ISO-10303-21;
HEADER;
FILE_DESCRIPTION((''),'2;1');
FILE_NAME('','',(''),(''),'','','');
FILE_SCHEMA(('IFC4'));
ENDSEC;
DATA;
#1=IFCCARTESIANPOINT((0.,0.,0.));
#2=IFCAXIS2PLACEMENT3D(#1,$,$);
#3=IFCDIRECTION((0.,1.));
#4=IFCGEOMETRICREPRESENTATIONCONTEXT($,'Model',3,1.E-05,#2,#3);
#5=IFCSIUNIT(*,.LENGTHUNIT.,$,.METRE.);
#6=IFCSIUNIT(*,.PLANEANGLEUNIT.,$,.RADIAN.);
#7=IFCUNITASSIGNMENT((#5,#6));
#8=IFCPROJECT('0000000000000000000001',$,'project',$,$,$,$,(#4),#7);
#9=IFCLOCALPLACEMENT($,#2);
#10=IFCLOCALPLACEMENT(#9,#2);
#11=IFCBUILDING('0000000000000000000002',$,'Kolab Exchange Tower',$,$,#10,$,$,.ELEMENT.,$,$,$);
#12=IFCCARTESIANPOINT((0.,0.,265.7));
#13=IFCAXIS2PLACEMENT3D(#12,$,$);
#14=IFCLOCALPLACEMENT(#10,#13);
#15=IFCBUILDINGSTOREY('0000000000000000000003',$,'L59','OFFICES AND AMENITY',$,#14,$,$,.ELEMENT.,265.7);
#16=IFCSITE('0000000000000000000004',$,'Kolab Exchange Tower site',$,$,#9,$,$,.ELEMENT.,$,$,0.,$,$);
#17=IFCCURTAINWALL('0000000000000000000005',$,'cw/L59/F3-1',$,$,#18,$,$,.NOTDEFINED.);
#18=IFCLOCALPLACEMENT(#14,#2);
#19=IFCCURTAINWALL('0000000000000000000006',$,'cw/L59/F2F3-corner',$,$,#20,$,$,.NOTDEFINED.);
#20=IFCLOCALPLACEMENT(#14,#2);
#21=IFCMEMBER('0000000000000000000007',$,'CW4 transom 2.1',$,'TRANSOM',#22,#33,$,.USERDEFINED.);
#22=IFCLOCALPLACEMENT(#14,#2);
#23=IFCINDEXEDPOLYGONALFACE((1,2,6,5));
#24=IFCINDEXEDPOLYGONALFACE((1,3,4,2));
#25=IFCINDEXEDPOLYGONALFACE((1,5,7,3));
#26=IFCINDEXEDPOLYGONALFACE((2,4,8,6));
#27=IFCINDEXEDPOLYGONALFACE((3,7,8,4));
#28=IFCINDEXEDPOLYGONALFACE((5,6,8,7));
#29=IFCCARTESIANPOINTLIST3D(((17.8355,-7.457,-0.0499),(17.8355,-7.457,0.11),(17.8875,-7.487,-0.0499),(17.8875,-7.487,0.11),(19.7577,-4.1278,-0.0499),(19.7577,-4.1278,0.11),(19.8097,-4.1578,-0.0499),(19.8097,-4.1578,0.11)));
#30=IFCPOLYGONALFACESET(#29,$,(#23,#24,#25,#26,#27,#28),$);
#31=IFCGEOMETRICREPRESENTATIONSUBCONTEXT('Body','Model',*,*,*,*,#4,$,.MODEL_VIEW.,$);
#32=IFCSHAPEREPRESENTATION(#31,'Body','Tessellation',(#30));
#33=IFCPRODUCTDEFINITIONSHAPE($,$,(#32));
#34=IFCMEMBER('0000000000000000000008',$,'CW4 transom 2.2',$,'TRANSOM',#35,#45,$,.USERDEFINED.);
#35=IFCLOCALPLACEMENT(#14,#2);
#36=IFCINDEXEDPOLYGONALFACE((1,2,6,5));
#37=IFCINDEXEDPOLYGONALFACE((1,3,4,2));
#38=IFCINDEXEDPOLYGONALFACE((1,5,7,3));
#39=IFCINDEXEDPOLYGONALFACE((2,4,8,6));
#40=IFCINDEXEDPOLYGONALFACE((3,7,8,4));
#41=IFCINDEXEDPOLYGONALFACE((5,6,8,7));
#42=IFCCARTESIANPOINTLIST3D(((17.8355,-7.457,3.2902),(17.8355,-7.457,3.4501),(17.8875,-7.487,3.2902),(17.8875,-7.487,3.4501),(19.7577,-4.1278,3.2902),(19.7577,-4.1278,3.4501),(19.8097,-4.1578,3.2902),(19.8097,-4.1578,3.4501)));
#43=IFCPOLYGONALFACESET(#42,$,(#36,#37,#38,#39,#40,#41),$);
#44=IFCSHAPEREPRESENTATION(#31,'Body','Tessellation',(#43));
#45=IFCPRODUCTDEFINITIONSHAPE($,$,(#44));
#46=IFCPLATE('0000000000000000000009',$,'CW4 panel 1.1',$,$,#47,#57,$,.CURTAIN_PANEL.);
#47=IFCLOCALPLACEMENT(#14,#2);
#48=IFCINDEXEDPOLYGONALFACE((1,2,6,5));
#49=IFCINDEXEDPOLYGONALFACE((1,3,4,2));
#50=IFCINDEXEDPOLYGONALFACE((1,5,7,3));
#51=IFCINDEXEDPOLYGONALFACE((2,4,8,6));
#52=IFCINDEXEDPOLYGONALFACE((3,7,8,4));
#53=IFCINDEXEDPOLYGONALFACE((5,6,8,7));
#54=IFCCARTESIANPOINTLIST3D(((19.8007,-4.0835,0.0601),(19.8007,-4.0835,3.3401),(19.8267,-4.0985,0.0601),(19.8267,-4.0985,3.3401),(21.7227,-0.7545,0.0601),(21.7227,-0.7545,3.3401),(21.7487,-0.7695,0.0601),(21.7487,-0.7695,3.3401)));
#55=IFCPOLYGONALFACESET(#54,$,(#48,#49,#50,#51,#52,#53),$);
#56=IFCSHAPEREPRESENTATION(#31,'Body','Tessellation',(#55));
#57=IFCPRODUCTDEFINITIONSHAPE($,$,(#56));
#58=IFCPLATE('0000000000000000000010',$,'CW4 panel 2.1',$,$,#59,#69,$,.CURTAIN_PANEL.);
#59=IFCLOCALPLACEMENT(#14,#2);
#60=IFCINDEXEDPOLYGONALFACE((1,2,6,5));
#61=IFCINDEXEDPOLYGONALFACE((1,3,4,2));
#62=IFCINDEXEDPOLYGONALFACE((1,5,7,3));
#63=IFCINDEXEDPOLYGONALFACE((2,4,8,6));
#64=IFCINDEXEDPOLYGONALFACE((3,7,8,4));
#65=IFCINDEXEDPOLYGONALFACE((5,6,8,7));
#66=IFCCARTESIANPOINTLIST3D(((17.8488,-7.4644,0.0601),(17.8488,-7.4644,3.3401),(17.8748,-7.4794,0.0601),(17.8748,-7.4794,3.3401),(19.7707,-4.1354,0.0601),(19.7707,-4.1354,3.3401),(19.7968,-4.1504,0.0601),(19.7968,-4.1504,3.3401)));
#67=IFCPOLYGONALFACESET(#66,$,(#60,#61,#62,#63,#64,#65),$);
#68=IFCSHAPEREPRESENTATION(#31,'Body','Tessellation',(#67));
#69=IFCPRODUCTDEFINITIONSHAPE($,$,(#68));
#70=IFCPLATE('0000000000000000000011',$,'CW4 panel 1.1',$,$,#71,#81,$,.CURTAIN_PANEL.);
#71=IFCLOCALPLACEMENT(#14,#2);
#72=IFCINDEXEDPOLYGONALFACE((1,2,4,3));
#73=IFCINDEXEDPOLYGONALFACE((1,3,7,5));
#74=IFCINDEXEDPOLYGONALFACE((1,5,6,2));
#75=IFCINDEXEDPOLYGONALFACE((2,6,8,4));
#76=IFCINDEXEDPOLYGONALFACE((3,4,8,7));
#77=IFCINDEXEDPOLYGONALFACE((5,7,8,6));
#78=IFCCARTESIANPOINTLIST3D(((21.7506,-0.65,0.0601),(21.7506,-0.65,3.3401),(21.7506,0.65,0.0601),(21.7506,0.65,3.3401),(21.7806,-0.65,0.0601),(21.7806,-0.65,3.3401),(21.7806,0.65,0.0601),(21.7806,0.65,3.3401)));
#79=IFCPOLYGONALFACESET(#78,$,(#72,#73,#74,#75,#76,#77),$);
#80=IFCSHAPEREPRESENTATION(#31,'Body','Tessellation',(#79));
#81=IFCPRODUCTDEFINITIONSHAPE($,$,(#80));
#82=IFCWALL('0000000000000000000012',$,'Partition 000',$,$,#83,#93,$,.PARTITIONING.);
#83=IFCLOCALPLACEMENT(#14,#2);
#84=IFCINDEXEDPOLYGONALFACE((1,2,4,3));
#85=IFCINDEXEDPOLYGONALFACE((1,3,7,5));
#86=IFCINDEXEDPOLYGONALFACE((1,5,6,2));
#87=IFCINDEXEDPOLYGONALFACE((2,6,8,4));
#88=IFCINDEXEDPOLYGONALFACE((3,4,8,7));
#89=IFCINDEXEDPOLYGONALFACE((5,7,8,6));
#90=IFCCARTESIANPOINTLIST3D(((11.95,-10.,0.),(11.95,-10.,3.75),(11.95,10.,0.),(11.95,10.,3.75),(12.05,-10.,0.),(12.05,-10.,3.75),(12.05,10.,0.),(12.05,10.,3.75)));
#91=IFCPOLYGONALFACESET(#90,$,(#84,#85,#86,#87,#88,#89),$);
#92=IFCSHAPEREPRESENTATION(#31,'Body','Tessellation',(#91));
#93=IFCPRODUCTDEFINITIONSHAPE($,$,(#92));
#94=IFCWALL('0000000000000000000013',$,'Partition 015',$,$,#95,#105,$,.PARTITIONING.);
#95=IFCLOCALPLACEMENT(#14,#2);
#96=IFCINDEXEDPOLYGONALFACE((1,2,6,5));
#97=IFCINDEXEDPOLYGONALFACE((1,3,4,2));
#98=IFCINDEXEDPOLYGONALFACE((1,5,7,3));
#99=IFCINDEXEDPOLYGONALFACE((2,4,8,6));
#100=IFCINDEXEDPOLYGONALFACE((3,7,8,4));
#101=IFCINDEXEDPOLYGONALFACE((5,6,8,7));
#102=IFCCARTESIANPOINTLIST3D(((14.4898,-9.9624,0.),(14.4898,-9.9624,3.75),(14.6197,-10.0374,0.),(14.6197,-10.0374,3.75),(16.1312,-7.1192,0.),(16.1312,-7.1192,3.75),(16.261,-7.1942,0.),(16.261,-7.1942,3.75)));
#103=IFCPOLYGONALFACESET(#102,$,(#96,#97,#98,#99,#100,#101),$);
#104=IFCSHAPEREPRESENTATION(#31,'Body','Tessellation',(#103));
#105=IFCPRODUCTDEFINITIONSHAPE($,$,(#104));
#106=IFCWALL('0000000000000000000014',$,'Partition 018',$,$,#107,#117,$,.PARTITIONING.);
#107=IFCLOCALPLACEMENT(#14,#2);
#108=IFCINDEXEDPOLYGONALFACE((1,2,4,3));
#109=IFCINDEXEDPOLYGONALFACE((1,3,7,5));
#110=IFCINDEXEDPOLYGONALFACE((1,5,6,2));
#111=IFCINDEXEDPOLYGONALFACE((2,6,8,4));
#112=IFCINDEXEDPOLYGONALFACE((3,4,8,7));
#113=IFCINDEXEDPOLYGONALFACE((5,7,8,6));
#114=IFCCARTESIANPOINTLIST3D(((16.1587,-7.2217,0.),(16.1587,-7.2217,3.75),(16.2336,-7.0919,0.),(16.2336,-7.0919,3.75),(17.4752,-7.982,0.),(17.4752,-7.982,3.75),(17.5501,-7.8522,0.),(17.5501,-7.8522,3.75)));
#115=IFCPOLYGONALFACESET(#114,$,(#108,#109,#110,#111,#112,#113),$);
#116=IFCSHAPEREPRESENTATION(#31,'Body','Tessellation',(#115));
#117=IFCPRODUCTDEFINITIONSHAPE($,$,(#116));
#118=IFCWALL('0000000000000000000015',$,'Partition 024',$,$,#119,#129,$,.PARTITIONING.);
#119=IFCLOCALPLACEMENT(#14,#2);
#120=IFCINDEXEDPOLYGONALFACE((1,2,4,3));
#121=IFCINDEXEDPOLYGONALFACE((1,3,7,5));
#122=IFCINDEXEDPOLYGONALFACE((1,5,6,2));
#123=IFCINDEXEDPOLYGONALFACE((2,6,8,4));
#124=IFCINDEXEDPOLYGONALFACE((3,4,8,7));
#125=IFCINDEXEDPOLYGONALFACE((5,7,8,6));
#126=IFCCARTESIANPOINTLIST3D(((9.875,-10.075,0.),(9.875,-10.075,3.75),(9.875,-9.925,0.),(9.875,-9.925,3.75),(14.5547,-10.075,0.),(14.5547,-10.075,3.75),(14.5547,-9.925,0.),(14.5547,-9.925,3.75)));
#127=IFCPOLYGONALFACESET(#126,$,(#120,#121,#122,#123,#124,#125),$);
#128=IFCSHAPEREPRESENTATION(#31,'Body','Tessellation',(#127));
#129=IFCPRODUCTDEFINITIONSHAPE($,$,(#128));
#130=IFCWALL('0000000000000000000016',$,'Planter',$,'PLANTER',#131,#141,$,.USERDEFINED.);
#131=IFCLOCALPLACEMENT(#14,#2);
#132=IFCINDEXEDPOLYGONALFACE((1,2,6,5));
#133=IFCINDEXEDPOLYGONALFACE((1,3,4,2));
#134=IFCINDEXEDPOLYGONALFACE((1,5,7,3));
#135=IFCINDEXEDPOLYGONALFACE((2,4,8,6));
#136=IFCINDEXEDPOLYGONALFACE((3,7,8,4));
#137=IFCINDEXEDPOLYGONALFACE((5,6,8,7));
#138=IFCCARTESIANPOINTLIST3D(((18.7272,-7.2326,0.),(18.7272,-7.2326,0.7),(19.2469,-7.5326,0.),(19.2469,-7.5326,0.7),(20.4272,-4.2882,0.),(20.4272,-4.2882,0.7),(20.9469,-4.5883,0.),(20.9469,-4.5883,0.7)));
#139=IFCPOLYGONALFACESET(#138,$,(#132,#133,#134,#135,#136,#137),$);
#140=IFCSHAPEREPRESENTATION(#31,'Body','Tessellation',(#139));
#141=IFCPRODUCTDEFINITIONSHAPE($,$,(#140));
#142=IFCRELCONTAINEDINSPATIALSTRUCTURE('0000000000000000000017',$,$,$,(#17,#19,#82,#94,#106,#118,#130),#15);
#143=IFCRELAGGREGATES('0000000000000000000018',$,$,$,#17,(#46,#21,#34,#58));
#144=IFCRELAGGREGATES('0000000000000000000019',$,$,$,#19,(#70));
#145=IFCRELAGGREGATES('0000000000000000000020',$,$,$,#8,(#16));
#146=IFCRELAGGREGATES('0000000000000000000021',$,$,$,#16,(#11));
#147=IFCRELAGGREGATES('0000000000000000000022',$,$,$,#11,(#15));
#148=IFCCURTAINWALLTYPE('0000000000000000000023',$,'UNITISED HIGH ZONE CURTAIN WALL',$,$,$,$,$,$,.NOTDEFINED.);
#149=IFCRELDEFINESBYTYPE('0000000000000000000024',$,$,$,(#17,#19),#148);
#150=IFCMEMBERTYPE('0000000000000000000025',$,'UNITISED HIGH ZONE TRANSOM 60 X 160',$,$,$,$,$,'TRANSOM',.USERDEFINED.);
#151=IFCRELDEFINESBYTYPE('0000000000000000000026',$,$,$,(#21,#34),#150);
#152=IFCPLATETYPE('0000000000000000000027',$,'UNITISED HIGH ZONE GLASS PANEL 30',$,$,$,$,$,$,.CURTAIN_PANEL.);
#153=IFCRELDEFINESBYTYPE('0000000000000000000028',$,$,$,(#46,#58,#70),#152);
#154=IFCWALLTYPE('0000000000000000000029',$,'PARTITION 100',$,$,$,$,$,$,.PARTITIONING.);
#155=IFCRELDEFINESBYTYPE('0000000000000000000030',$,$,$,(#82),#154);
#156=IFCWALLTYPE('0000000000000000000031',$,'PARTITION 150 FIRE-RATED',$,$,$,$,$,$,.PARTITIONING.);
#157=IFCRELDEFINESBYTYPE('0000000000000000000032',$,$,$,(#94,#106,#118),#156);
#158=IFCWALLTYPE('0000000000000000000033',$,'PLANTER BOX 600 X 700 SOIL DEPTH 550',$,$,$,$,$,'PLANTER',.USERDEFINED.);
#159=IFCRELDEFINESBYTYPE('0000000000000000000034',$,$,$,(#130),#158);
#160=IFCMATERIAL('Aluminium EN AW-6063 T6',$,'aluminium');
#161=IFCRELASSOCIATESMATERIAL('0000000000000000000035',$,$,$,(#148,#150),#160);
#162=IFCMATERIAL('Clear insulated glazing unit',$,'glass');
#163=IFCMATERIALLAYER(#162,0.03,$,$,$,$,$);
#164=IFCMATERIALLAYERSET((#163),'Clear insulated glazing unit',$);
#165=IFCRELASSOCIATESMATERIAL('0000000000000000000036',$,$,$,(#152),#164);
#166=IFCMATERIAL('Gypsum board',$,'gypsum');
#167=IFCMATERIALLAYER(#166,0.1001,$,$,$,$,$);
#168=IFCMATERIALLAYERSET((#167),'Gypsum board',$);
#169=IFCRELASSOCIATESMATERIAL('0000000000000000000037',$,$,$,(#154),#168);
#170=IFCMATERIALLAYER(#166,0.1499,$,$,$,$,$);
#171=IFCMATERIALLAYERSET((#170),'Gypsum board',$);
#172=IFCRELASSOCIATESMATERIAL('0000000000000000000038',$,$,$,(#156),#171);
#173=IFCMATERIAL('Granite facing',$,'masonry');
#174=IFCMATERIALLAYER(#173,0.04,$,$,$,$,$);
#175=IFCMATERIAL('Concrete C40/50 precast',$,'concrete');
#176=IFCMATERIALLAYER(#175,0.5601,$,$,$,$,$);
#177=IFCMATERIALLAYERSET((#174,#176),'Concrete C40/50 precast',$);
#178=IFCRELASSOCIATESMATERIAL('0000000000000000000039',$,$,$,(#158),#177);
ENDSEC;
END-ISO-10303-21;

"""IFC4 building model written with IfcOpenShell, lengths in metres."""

from ifc_helpers import new_model, si_unit, direction, frame, frame_2d, origin, origin_2d, place, context, subcontext, project, spatial, rectangle, extrude, material, layer, layer_set, material_profile, profile_set, type_object, element, aggregate, save


model = new_model("IFC4")

# Units and contexts
model_context = context("Model", 3, precision=1e-05, world=origin(), true_north=direction((0.0, 1.0)))
body_context = subcontext(model_context, "Body", "Model", "MODEL_VIEW")
ifc_project = project(units=[si_unit("LENGTHUNIT", "METRE"), si_unit("PLANEANGLEUNIT", "RADIAN")], contexts=[model_context])

# Site, building, storey
site_placement = place(None, origin())
site = spatial("IfcSite", under=ifc_project, at=site_placement, Name="Kolab Exchange Tower site", CompositionType="ELEMENT", RefElevation=0.0)
building_placement = place(site_placement, origin())
building = spatial("IfcBuilding", under=site, at=building_placement, Name="Kolab Exchange Tower", CompositionType="ELEMENT")
storey_placement = place(building_placement, frame((0.0, 0.0, 265.7)))
storey = spatial("IfcBuildingStorey", under=building, at=storey_placement, Name="L59", Description="OFFICES AND AMENITY", CompositionType="ELEMENT", Elevation=265.7)

# Curtain wall
ifc_material_1 = material(Name="Aluminium EN AW-6063 T6", Category="aluminium")
curtain_wall_type = type_object("IfcCurtainWallType", Name="UNITISED HIGH ZONE CURTAIN WALL", PredefinedType="NOTDEFINED", material=ifc_material_1)
curtain_wall_1_placement = place(storey_placement, origin())
curtain_wall_1 = element("IfcCurtainWall", 1, at=curtain_wall_1_placement, inside=storey, type_object=curtain_wall_type, Name="cw/L59/F3-1", PredefinedType="NOTDEFINED")

# Curtain wall
curtain_wall_2_placement = place(storey_placement, origin())
curtain_wall_2 = element("IfcCurtainWall", 2, at=curtain_wall_2_placement, inside=storey, type_object=curtain_wall_type, Name="cw/L59/F2F3-corner", PredefinedType="NOTDEFINED")

# Members
ifc_material_profile_1 = material_profile(ifc_material_1, rectangle(XDim=0.0601, YDim=0.1599, at=origin_2d()), Name="RECT 60X160")
ifc_profile_set_1 = profile_set([ifc_material_profile_1], Name="Aluminium EN AW-6063 T6")
member_type_1 = type_object("IfcMemberType", Name="UNITISED HIGH ZONE TRANSOM 60 X 160", ElementType="TRANSOM", PredefinedType="USERDEFINED", material=ifc_profile_set_1)
member_1_placement = place(storey_placement, frame((19.7837, -4.1428, 0.03), z_axis=(-0.500012, -0.866018, 0.0), x_axis=(0.866018, -0.500012, 0.0)))
member_1 = element("IfcMember", 3, at=member_1_placement, type_object=member_type_1, Name="CW4 transom 2.1", ObjectType="TRANSOM", PredefinedType="USERDEFINED", context=body_context, shape_type="SweptSolid", body=[
    extrude(rectangle(XDim=0.0601, YDim=0.1599, at=origin_2d()), origin(), (0.0, 0.0, 1.0), 3.8442),
])
member_2_placement = place(storey_placement, frame((19.7837, -4.1428, 3.3701), z_axis=(-0.500012, -0.866018, 0.0), x_axis=(0.866018, -0.500012, 0.0)))
member_2 = element("IfcMember", 4, at=member_2_placement, type_object=member_type_1, Name="CW4 transom 2.2", ObjectType="TRANSOM", PredefinedType="USERDEFINED", context=body_context, shape_type="SweptSolid", body=[
    extrude(rectangle(XDim=0.0601, YDim=0.1599, at=origin_2d()), origin(), (0.0, 0.0, 1.0), 3.8442),
])

# Plates
ifc_material_2 = material(Name="Clear insulated glazing unit", Category="glass")
ifc_layer_1 = layer(ifc_material_2, 0.03)
ifc_layer_set_1 = layer_set([ifc_layer_1], Name="Clear insulated glazing unit")
plate_type = type_object("IfcPlateType", Name="UNITISED HIGH ZONE GLASS PANEL 30", PredefinedType="CURTAIN_PANEL", material=ifc_layer_set_1)
plate_1_placement = place(storey_placement, frame((20.7747, -2.4265, 0.0601), z_axis=(0.0, 0.0, 1.0), x_axis=(-0.5, -0.866025, 0.0)))
plate_1 = element("IfcPlate", 5, at=plate_1_placement, type_object=plate_type, Name="CW4 panel 1.1", PredefinedType="CURTAIN_PANEL", context=body_context, shape_type="SweptSolid", body=[
    extrude(rectangle(XDim=3.844, YDim=0.03, at=origin_2d()), origin(), (0.0, 0.0, 1.0), 3.28),
])
plate_2_placement = place(storey_placement, frame((18.8228, -5.8074, 0.0601), z_axis=(0.0, 0.0, 1.0), x_axis=(-0.5, -0.866025, 0.0)))
plate_2 = element("IfcPlate", 6, at=plate_2_placement, type_object=plate_type, Name="CW4 panel 2.1", PredefinedType="CURTAIN_PANEL", context=body_context, shape_type="SweptSolid", body=[
    extrude(rectangle(XDim=3.844, YDim=0.03, at=origin_2d()), origin(), (0.0, 0.0, 1.0), 3.28),
])
aggregate(curtain_wall_1, [plate_1, member_1, member_2, plate_2])
plate_3_placement = place(storey_placement, frame((21.7656, 0.0, 0.0601), z_axis=(0.0, 0.0, 1.0), x_axis=(0.0, -1.0, 0.0)))
plate_3 = element("IfcPlate", 7, at=plate_3_placement, type_object=plate_type, Name="CW4 panel 1.1", PredefinedType="CURTAIN_PANEL", context=body_context, shape_type="SweptSolid", body=[
    extrude(rectangle(XDim=1.3, YDim=0.03, at=origin_2d()), origin(), (0.0, 0.0, 1.0), 3.28),
])
aggregate(curtain_wall_2, [plate_3])

# Walls
ifc_material_3 = material(Name="Gypsum board", Category="gypsum")
ifc_layer_2 = layer(ifc_material_3, 0.1001)
ifc_layer_set_2 = layer_set([ifc_layer_2], Name="Gypsum board")
wall_type_1 = type_object("IfcWallType", Name="PARTITION 100", PredefinedType="PARTITIONING", material=ifc_layer_set_2)
wall_1_placement = place(storey_placement, frame((12.0, -10.0, 0.0), z_axis=(0.0, 0.0, 1.0), x_axis=(0.0, 1.0, 0.0)))
element("IfcWall", 8, at=wall_1_placement, inside=storey, type_object=wall_type_1, Name="Partition 000", PredefinedType="PARTITIONING", context=body_context, shape_type="SweptSolid", body=[
    extrude(rectangle(XDim=20.0, YDim=0.1001, at=frame_2d((10.0, 0.0))), origin(), (0.0, 0.0, 1.0), 3.75),
])
ifc_layer_3 = layer(ifc_material_3, 0.1499)
ifc_layer_set_3 = layer_set([ifc_layer_3], Name="Gypsum board")
wall_type_2 = type_object("IfcWallType", Name="PARTITION 150 FIRE-RATED", PredefinedType="PARTITIONING", material=ifc_layer_set_3)
wall_2_placement = place(storey_placement, frame((14.5547, -10.0, 0.0), z_axis=(0.0, 0.0, 1.0), x_axis=(0.499954, 0.866052, 0.0)))
element("IfcWall", 9, at=wall_2_placement, inside=storey, type_object=wall_type_2, Name="Partition 015", PredefinedType="PARTITIONING", context=body_context, shape_type="SweptSolid", body=[
    extrude(rectangle(XDim=3.283, YDim=0.1499, at=frame_2d((1.6416, 0.0))), origin(), (0.0, 0.0, 1.0), 3.75),
])
wall_3_placement = place(storey_placement, frame((16.196, -7.1567, 0.0), z_axis=(0.0, 0.0, 1.0), x_axis=(0.865961, -0.500112, 0.0)))
element("IfcWall", 10, at=wall_3_placement, inside=storey, type_object=wall_type_2, Name="Partition 018", PredefinedType="PARTITIONING", context=body_context, shape_type="SweptSolid", body=[
    extrude(rectangle(XDim=1.5203, YDim=0.1499, at=frame_2d((0.7603, 0.0))), origin(), (0.0, 0.0, 1.0), 3.75),
])
wall_4_placement = place(storey_placement, frame((9.875, -10.0, 0.0), z_axis=(0.0, 0.0, 1.0), x_axis=(1.0, 0.0, 0.0)))
element("IfcWall", 11, at=wall_4_placement, inside=storey, type_object=wall_type_2, Name="Partition 024", PredefinedType="PARTITIONING", context=body_context, shape_type="SweptSolid", body=[
    extrude(rectangle(XDim=4.6797, YDim=0.1499, at=frame_2d((2.3398, 0.0))), origin(), (0.0, 0.0, 1.0), 3.75),
])
ifc_material_4 = material(Name="Granite facing", Category="masonry")
ifc_layer_4 = layer(ifc_material_4, 0.04)
ifc_material_5 = material(Name="Concrete C40/50 precast", Category="concrete")
ifc_layer_5 = layer(ifc_material_5, 0.5601)
ifc_layer_set_4 = layer_set([ifc_layer_4, ifc_layer_5], Name="Concrete C40/50 precast")
wall_type_3 = type_object("IfcWallType", Name="PLANTER BOX 600 X 700 SOIL DEPTH 550", ElementType="PLANTER", PredefinedType="USERDEFINED", material=ifc_layer_set_4)
wall_5_placement = place(storey_placement, frame((20.687, -4.4382, 0.0), z_axis=(0.0, 0.0, 1.0), x_axis=(-0.500008, -0.866021, 0.0)))
element("IfcWall", 12, at=wall_5_placement, inside=storey, type_object=wall_type_3, Name="Planter", ObjectType="PLANTER", PredefinedType="USERDEFINED", context=body_context, shape_type="SweptSolid", body=[
    extrude(rectangle(XDim=3.3999, YDim=0.6001, at=frame_2d((1.7, 0.0))), origin(), (0.0, 0.0, 1.0), 0.7),
])

save(model, "model.ifc")
